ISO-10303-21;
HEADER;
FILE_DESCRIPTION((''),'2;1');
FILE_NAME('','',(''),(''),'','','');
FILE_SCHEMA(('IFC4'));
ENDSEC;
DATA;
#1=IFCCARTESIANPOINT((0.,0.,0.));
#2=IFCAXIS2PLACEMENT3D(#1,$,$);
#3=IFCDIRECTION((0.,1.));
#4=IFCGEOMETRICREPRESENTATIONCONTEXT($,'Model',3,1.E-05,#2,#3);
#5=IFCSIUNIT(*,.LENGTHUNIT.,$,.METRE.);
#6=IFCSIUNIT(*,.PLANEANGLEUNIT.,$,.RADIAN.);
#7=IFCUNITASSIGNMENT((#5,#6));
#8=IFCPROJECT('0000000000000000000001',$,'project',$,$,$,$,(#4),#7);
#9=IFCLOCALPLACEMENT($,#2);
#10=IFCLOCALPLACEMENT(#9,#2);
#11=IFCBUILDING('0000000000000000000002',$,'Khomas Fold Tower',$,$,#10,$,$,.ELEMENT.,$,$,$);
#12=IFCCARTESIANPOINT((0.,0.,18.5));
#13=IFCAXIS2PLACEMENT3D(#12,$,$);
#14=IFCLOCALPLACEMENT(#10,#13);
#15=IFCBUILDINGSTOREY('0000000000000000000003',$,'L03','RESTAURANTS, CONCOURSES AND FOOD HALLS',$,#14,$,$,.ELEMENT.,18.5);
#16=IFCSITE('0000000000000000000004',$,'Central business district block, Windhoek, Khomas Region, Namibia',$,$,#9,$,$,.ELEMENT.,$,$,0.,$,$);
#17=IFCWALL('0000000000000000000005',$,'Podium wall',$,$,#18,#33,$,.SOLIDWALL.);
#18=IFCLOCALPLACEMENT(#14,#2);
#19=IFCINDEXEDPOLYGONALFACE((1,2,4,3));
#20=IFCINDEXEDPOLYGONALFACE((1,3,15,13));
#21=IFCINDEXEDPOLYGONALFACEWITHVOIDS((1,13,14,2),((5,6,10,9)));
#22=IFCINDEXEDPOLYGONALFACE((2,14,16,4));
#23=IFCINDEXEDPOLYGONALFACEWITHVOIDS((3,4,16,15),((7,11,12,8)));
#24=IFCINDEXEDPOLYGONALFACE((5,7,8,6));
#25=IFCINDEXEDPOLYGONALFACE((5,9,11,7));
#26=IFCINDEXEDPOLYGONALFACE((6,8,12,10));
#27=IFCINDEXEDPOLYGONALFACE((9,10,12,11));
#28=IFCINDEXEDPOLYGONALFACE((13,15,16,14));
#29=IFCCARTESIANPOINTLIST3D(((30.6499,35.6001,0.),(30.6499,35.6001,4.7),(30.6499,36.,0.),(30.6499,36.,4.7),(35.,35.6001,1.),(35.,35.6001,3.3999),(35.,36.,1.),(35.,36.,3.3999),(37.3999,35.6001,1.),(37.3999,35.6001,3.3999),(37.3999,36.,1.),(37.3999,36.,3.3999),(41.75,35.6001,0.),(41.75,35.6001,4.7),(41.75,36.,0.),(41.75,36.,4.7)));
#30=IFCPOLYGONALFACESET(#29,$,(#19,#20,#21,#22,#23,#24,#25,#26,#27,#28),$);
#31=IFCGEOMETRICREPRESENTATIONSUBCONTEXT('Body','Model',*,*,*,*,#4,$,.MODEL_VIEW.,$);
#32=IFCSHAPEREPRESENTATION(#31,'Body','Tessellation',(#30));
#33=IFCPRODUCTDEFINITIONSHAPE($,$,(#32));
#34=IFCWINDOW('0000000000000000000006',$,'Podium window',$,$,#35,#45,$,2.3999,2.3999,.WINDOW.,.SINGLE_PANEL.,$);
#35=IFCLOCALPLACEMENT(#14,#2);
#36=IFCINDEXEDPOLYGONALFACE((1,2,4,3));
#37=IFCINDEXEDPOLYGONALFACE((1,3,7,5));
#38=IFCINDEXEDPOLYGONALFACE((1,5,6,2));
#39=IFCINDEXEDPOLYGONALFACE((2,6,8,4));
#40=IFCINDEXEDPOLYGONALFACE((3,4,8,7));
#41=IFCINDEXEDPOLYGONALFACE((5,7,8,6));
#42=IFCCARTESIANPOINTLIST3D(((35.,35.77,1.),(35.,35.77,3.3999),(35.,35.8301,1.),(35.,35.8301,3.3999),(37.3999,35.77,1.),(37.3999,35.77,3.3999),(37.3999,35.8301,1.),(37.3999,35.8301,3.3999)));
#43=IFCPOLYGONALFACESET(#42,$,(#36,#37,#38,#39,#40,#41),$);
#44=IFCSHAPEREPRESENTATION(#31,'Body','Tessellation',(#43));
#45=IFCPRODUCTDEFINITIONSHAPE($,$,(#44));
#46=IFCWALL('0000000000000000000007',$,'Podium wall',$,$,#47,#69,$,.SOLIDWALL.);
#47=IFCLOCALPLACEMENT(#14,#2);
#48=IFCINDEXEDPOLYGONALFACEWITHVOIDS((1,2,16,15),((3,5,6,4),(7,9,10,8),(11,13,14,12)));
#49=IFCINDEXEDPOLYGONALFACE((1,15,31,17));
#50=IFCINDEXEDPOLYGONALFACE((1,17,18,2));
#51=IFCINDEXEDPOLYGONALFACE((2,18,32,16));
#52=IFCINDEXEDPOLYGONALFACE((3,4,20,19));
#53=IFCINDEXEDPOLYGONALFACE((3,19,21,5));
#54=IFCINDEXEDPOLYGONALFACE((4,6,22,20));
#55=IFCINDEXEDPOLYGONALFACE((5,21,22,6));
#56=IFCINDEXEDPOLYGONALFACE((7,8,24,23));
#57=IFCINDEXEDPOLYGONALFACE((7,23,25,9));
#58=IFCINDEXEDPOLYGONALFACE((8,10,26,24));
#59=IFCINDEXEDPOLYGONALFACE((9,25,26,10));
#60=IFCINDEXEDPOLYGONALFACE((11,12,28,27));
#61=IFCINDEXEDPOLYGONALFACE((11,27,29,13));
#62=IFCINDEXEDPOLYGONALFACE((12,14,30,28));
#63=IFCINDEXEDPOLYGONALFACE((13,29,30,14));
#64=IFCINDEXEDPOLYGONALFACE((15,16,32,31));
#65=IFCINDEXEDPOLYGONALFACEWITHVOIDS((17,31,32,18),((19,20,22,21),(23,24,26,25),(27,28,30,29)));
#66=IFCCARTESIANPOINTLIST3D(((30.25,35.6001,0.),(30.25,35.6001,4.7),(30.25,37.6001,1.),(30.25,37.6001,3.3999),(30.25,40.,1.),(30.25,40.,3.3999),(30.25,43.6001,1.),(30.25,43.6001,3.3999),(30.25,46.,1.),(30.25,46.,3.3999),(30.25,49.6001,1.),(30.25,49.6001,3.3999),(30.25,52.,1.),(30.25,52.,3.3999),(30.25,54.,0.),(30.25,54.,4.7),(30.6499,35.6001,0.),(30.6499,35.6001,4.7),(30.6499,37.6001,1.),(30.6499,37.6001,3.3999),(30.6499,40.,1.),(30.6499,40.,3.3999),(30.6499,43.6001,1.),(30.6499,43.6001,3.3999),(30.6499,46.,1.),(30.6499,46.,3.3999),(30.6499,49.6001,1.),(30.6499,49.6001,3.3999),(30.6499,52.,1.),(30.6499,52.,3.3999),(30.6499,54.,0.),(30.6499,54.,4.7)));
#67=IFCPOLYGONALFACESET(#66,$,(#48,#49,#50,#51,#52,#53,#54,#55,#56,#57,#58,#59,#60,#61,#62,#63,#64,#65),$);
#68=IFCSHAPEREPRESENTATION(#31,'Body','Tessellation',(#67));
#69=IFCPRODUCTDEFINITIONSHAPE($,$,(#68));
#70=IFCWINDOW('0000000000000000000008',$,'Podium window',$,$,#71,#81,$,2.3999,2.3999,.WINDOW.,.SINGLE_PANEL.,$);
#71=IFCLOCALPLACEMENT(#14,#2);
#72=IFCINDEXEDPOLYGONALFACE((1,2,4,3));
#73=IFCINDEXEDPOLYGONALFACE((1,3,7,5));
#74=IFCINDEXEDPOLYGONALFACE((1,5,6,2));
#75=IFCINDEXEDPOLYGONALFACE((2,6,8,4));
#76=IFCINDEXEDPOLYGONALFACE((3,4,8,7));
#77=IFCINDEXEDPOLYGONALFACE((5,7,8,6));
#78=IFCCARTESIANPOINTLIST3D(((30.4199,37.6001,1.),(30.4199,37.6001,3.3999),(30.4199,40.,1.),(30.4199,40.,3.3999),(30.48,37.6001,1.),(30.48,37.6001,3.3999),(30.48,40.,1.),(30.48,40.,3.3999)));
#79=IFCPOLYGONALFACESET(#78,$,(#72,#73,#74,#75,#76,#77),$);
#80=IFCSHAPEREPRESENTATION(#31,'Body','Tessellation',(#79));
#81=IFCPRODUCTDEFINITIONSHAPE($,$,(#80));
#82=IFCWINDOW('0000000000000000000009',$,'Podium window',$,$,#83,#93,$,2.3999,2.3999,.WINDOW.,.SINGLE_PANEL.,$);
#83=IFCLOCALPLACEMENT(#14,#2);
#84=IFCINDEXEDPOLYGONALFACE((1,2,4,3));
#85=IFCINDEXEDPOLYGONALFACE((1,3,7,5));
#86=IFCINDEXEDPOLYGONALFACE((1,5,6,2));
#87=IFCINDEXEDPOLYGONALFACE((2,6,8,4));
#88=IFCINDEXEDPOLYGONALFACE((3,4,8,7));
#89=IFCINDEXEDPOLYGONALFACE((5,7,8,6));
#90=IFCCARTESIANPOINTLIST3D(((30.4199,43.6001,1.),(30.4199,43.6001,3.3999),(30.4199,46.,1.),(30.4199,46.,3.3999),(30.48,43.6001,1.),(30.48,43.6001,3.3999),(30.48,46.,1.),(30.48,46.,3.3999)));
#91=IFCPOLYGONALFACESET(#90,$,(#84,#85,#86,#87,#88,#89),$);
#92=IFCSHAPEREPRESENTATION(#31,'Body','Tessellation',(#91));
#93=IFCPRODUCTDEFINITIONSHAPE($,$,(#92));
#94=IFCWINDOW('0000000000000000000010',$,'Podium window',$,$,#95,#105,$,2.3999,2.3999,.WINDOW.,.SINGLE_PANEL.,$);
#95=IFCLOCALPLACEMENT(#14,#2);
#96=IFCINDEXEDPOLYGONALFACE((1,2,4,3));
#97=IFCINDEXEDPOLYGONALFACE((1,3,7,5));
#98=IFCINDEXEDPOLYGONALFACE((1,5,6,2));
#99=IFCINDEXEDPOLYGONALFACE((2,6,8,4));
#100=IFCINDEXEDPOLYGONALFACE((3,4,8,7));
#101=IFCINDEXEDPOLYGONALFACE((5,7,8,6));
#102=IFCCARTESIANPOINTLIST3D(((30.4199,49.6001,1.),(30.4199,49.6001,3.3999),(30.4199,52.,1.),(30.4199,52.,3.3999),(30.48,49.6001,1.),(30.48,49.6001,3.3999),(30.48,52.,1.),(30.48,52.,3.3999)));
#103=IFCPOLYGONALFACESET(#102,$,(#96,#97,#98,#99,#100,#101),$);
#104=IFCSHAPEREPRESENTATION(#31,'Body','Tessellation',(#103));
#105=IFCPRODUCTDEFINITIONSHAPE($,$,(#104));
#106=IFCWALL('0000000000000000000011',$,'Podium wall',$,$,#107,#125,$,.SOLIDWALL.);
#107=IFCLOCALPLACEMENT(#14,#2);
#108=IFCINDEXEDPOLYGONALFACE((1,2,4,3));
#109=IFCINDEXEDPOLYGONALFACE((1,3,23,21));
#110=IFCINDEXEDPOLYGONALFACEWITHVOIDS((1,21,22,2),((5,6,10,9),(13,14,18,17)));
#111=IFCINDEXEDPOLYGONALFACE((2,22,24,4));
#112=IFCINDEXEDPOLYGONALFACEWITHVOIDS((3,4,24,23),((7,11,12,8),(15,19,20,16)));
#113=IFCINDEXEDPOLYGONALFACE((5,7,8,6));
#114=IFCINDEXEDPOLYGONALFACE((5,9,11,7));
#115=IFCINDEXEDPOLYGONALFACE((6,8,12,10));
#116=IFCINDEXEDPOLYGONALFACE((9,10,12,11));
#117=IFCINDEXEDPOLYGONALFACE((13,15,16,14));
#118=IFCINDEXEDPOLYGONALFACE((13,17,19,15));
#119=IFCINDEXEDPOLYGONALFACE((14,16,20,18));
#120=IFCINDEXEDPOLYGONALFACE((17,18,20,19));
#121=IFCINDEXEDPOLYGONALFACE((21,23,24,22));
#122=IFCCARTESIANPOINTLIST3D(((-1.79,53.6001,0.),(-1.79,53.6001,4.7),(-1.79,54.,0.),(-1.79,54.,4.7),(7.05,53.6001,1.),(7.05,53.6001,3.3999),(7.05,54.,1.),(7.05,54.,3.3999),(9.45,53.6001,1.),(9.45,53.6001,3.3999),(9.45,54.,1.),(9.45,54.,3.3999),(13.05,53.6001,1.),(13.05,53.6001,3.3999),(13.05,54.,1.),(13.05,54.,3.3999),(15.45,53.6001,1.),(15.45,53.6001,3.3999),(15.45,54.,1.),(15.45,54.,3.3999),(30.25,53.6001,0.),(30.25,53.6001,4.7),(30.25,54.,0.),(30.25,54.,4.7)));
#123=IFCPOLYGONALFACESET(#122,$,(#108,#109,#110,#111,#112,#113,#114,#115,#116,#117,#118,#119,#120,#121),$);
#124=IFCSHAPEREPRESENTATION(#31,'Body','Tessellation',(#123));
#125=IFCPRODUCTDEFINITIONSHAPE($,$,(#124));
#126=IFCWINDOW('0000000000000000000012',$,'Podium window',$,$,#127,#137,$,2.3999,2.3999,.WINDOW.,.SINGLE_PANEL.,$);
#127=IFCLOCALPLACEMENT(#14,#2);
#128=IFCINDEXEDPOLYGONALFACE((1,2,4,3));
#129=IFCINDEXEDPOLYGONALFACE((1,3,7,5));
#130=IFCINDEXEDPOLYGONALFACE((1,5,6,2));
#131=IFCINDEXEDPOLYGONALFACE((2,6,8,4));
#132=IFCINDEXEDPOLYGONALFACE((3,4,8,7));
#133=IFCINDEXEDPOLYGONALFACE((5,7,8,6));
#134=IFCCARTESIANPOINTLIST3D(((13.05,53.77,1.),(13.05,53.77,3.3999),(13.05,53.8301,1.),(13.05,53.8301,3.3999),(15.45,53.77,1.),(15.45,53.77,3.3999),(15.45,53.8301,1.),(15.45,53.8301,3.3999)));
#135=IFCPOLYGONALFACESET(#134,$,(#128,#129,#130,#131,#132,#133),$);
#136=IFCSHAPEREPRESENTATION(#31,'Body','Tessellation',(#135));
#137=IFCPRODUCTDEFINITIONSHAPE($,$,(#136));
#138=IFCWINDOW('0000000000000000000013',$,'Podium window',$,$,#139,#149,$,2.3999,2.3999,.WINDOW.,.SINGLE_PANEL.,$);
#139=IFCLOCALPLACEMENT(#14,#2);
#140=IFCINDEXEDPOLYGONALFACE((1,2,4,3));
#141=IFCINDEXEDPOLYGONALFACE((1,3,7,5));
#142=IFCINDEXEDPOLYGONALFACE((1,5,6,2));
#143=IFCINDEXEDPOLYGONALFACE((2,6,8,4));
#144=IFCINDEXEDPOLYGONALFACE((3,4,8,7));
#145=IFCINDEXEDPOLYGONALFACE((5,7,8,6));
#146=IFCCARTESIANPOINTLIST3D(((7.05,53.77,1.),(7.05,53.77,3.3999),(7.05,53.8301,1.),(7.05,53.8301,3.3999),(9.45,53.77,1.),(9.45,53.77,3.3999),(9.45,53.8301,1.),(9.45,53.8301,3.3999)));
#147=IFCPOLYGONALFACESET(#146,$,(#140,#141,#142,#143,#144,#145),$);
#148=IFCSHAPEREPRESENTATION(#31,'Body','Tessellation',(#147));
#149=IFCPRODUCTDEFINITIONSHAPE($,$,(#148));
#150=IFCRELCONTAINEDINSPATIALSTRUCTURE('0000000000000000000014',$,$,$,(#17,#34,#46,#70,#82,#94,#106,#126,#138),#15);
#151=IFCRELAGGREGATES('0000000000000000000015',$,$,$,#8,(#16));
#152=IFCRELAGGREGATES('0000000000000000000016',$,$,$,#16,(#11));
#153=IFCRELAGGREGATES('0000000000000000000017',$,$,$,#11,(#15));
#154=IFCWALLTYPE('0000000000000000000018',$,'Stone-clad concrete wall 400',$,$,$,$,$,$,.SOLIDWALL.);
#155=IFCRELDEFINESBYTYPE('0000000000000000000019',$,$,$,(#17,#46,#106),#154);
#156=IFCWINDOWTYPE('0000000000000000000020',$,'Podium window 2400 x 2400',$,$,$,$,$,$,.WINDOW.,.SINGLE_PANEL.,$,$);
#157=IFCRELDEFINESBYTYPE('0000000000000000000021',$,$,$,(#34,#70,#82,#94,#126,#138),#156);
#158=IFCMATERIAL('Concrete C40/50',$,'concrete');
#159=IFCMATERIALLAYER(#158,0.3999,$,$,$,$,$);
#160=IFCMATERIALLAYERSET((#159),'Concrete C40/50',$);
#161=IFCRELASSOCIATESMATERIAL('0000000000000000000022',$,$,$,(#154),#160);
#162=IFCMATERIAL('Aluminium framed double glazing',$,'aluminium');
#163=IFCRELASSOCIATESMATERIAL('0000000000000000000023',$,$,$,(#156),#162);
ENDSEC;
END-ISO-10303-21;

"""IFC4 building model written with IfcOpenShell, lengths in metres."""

from ifc_helpers import new_model, si_unit, direction, frame, frame_2d, origin, place, context, subcontext, project, spatial, rectangle, extrude, source, transform, mapped, material, layer, layer_set, type_object, element, fill, save


model = new_model("IFC4")

# Units and contexts
model_context = context("Model", 3, precision=1e-05, world=origin(), true_north=direction((0.0, 1.0)))
body_context = subcontext(model_context, "Body", "Model", "MODEL_VIEW")
ifc_project = project(units=[si_unit("LENGTHUNIT", "METRE"), si_unit("PLANEANGLEUNIT", "RADIAN")], contexts=[model_context])

# Site, building, storey
site_placement = place(None, origin())
site = spatial("IfcSite", under=ifc_project, at=site_placement, Name="Central business district block, Windhoek, Khomas Region, Namibia", CompositionType="ELEMENT", RefElevation=0.0)
building_placement = place(site_placement, origin())
building = spatial("IfcBuilding", under=site, at=building_placement, Name="Khomas Fold Tower", CompositionType="ELEMENT")
storey_placement = place(building_placement, frame((0.0, 0.0, 18.5)))
storey = spatial("IfcBuildingStorey", under=building, at=storey_placement, Name="L03", Description="RESTAURANTS, CONCOURSES AND FOOD HALLS", CompositionType="ELEMENT", Elevation=18.5)

# Shared definitions
ifc_material_1 = material(Name="Concrete C40/50", Category="concrete")
ifc_layer_1 = layer(ifc_material_1, 0.3999)
ifc_layer_set_1 = layer_set([ifc_layer_1], Name="Concrete C40/50")
wall_type_1 = type_object("IfcWallType", Name="Stone-clad concrete wall 400", PredefinedType="SOLIDWALL", material=ifc_layer_set_1)
shared_shape_1 = source(origin(), body_context, "Body", "SweptSolid", [
    extrude(rectangle(XDim=2.3999, YDim=2.3999, at=frame_2d((1.2, 1.2))), frame((0.0, 0.21, 0.0), z_axis=(0.0, -1.0, 0.0), x_axis=(1.0, 0.0, 0.0)), (0.0, 0.0, 1.0), 0.4199),
])
ifc_material_2 = material(Name="Aluminium framed double glazing", Category="aluminium")
window_type = type_object("IfcWindowType", Name="Podium window 2400 x 2400", PartitioningType="SINGLE_PANEL", PredefinedType="WINDOW", material=ifc_material_2)
shared_shape_2 = source(origin(), body_context, "Body", "SweptSolid", [
    extrude(rectangle(XDim=2.3999, YDim=2.3999, at=frame_2d((1.2, 1.2))), frame((0.0, 0.03, 0.0), z_axis=(0.0, -1.0, 0.0), x_axis=(1.0, 0.0, 0.0)), (0.0, 0.0, 1.0), 0.0601),
])

# Wall, opening, window
shared_shape_3 = source(origin(), body_context, "Body", "SweptSolid", [
    extrude(rectangle(XDim=11.1001, YDim=0.3999, at=frame_2d((5.55, 0.0))), origin(), (0.0, 0.0, 1.0), 4.7),
])
wall_1_placement = place(storey_placement, frame((41.75, 35.8, 0.0), z_axis=(0.0, 0.0, 1.0), x_axis=(-1.0, 0.0, 0.0)))
wall_1 = element("IfcWall", 1, at=wall_1_placement, inside=storey, type_object=wall_type_1, Name="Podium wall", PredefinedType="SOLIDWALL", context=body_context, shape_type="MappedRepresentation", body=[
    mapped(shared_shape_3, transform((0.0, 0.0, 0.0))),
])
opening_1_placement = place(wall_1_placement, frame((4.3501, 0.0, 1.0)))
opening_1 = element("IfcOpeningElement", 2, at=opening_1_placement, cuts=wall_1, PredefinedType="OPENING", context=body_context, shape_type="MappedRepresentation", body=[
    mapped(shared_shape_1, transform((0.0, 0.0, 0.0))),
])
window_1_placement = place(opening_1_placement, origin())
window_1 = element("IfcWindow", 3, at=window_1_placement, inside=storey, type_object=window_type, Name="Podium window", OverallHeight=2.3999, OverallWidth=2.3999, PartitioningType="SINGLE_PANEL", PredefinedType="WINDOW", context=body_context, shape_type="MappedRepresentation", body=[
    mapped(shared_shape_2, transform((0.0, 0.0, 0.0))),
])
fill(opening_1, window_1)

# Walls, openings, windows
shared_shape_4 = source(origin(), body_context, "Body", "SweptSolid", [
    extrude(rectangle(XDim=18.3999, YDim=0.3999, at=frame_2d((9.2, 0.0))), origin(), (0.0, 0.0, 1.0), 4.7),
])
wall_2_placement = place(storey_placement, frame((30.45, 35.6001, 0.0), z_axis=(0.0, 0.0, 1.0), x_axis=(0.0, 1.0, 0.0)))
wall_2 = element("IfcWall", 4, at=wall_2_placement, inside=storey, type_object=wall_type_1, Name="Podium wall", PredefinedType="SOLIDWALL", context=body_context, shape_type="MappedRepresentation", body=[
    mapped(shared_shape_4, transform((0.0, 0.0, 0.0))),
])
opening_2_placement = place(wall_2_placement, frame((2.0, 0.0, 1.0)))
opening_2 = element("IfcOpeningElement", 5, at=opening_2_placement, cuts=wall_2, PredefinedType="OPENING", context=body_context, shape_type="MappedRepresentation", body=[
    mapped(shared_shape_1, transform((0.0, 0.0, 0.0))),
])
opening_3_placement = place(wall_2_placement, frame((8.0, 0.0, 1.0)))
opening_3 = element("IfcOpeningElement", 6, at=opening_3_placement, cuts=wall_2, PredefinedType="OPENING", context=body_context, shape_type="MappedRepresentation", body=[
    mapped(shared_shape_1, transform((0.0, 0.0, 0.0))),
])
opening_4_placement = place(wall_2_placement, frame((14.0, 0.0, 1.0)))
opening_4 = element("IfcOpeningElement", 7, at=opening_4_placement, cuts=wall_2, PredefinedType="OPENING", context=body_context, shape_type="MappedRepresentation", body=[
    mapped(shared_shape_1, transform((0.0, 0.0, 0.0))),
])
window_2_placement = place(opening_2_placement, origin())
window_2 = element("IfcWindow", 8, at=window_2_placement, inside=storey, type_object=window_type, Name="Podium window", OverallHeight=2.3999, OverallWidth=2.3999, PartitioningType="SINGLE_PANEL", PredefinedType="WINDOW", context=body_context, shape_type="MappedRepresentation", body=[
    mapped(shared_shape_2, transform((0.0, 0.0, 0.0))),
])
fill(opening_2, window_2)
window_3_placement = place(opening_3_placement, origin())
window_3 = element("IfcWindow", 9, at=window_3_placement, inside=storey, type_object=window_type, Name="Podium window", OverallHeight=2.3999, OverallWidth=2.3999, PartitioningType="SINGLE_PANEL", PredefinedType="WINDOW", context=body_context, shape_type="MappedRepresentation", body=[
    mapped(shared_shape_2, transform((0.0, 0.0, 0.0))),
])
fill(opening_3, window_3)
window_4_placement = place(opening_4_placement, origin())
window_4 = element("IfcWindow", 10, at=window_4_placement, inside=storey, type_object=window_type, Name="Podium window", OverallHeight=2.3999, OverallWidth=2.3999, PartitioningType="SINGLE_PANEL", PredefinedType="WINDOW", context=body_context, shape_type="MappedRepresentation", body=[
    mapped(shared_shape_2, transform((0.0, 0.0, 0.0))),
])
fill(opening_4, window_4)
shared_shape_5 = source(origin(), body_context, "Body", "SweptSolid", [
    extrude(rectangle(XDim=32.04, YDim=0.3999, at=frame_2d((16.02, 0.0))), origin(), (0.0, 0.0, 1.0), 4.7),
])
wall_3_placement = place(storey_placement, frame((30.25, 53.8, 0.0), z_axis=(0.0, 0.0, 1.0), x_axis=(-1.0, 0.0, 0.0)))
wall_3 = element("IfcWall", 11, at=wall_3_placement, inside=storey, type_object=wall_type_1, Name="Podium wall", PredefinedType="SOLIDWALL", context=body_context, shape_type="MappedRepresentation", body=[
    mapped(shared_shape_5, transform((0.0, 0.0, 0.0))),
])
opening_5_placement = place(wall_3_placement, frame((14.8, 0.0, 1.0)))
opening_5 = element("IfcOpeningElement", 12, at=opening_5_placement, cuts=wall_3, PredefinedType="OPENING", context=body_context, shape_type="MappedRepresentation", body=[
    mapped(shared_shape_1, transform((0.0, 0.0, 0.0))),
])
opening_6_placement = place(wall_3_placement, frame((20.8, 0.0, 1.0)))
opening_6 = element("IfcOpeningElement", 13, at=opening_6_placement, cuts=wall_3, PredefinedType="OPENING", context=body_context, shape_type="MappedRepresentation", body=[
    mapped(shared_shape_1, transform((0.0, 0.0, 0.0))),
])
window_5_placement = place(opening_5_placement, origin())
window_5 = element("IfcWindow", 14, at=window_5_placement, inside=storey, type_object=window_type, Name="Podium window", OverallHeight=2.3999, OverallWidth=2.3999, PartitioningType="SINGLE_PANEL", PredefinedType="WINDOW", context=body_context, shape_type="MappedRepresentation", body=[
    mapped(shared_shape_2, transform((0.0, 0.0, 0.0))),
])
fill(opening_5, window_5)
window_6_placement = place(opening_6_placement, origin())
window_6 = element("IfcWindow", 15, at=window_6_placement, inside=storey, type_object=window_type, Name="Podium window", OverallHeight=2.3999, OverallWidth=2.3999, PartitioningType="SINGLE_PANEL", PredefinedType="WINDOW", context=body_context, shape_type="MappedRepresentation", body=[
    mapped(shared_shape_2, transform((0.0, 0.0, 0.0))),
])
fill(opening_6, window_6)

save(model, "model.ifc")
